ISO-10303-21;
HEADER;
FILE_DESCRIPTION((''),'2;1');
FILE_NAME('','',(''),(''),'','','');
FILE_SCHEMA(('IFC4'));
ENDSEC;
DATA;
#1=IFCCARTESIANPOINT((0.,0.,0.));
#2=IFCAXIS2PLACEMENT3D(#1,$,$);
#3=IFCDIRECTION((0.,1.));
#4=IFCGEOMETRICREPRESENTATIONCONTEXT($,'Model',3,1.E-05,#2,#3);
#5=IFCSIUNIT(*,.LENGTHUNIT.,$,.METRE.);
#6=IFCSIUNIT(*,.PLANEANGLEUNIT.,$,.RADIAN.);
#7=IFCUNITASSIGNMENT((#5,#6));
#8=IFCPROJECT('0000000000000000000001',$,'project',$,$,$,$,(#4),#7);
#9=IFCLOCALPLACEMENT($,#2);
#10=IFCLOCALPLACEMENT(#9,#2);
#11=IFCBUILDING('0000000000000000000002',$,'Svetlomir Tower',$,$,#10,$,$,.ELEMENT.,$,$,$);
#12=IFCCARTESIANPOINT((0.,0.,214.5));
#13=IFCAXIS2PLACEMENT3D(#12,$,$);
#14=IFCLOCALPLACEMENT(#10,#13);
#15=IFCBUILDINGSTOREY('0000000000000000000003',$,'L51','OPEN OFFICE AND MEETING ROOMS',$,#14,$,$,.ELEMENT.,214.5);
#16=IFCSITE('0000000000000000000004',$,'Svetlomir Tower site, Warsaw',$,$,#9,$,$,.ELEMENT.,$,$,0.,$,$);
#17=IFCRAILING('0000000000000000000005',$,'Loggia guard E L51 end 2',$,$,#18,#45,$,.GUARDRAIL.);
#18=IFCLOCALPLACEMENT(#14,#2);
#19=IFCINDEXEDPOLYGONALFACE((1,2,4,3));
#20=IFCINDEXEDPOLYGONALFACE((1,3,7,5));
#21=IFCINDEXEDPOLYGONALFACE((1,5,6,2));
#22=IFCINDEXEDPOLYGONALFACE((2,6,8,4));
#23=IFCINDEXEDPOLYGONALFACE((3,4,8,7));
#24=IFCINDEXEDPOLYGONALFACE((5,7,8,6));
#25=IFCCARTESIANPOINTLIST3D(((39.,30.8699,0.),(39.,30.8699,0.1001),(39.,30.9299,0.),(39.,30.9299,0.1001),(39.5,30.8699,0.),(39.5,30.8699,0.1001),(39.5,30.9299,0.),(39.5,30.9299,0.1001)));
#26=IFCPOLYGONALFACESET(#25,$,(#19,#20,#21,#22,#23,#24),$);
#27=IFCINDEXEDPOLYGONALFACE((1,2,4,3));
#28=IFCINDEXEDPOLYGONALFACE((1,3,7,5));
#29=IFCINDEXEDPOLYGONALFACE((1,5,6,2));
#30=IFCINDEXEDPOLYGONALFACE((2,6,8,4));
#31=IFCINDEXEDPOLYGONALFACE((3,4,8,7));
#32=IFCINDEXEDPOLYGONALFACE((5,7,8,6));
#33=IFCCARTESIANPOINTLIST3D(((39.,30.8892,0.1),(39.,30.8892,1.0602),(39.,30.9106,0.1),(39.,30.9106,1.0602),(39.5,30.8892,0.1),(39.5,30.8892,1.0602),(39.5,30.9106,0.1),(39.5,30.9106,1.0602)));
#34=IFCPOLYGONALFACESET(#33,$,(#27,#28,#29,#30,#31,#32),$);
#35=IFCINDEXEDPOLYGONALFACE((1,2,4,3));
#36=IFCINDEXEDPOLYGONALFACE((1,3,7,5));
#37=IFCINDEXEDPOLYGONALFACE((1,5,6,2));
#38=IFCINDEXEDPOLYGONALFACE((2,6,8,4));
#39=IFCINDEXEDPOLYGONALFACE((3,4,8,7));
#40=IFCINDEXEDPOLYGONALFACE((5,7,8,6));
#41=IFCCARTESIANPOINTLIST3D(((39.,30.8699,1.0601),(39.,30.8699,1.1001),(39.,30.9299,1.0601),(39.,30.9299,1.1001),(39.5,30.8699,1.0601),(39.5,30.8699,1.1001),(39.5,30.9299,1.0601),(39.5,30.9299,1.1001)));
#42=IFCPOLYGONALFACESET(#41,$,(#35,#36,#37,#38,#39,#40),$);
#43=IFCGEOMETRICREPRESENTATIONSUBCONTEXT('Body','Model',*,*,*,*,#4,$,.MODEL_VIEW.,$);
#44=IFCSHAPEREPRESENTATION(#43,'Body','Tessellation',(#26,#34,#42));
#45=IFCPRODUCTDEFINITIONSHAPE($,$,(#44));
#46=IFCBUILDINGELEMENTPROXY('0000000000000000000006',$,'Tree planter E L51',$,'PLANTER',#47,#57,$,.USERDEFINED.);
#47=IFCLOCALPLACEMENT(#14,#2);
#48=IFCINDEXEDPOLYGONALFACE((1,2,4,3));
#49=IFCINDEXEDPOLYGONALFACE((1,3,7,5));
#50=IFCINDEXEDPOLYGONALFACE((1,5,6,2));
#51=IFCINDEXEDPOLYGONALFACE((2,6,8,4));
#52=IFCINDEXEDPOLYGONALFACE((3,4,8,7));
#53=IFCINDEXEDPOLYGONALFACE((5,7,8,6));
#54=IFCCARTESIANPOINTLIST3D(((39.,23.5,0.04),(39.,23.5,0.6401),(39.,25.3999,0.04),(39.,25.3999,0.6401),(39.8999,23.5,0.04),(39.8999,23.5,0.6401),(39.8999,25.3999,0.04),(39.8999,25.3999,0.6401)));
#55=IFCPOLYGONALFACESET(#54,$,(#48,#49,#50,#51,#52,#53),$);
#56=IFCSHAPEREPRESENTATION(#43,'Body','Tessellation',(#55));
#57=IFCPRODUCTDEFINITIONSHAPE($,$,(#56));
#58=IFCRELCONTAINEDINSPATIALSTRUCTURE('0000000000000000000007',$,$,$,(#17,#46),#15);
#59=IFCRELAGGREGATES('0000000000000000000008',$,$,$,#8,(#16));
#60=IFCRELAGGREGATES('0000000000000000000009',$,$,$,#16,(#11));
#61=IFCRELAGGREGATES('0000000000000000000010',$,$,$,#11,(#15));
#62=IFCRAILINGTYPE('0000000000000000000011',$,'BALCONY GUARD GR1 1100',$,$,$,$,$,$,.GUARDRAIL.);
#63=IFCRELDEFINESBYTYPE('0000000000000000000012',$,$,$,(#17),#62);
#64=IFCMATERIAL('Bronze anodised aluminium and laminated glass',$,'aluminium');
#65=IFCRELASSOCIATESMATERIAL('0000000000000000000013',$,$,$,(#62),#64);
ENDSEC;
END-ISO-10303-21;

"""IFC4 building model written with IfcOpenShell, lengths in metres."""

from ifc_helpers import new_model, si_unit, direction, frame, origin, origin_2d, place, context, subcontext, project, spatial, rectangle, extrude, material, type_object, element, save


model = new_model("IFC4")

# Units and contexts
model_context = context("Model", 3, precision=1e-05, world=origin(), true_north=direction((0.0, 1.0)))
body_context = subcontext(model_context, "Body", "Model", "MODEL_VIEW")
ifc_project = project(units=[si_unit("LENGTHUNIT", "METRE"), si_unit("PLANEANGLEUNIT", "RADIAN")], contexts=[model_context])

# Site, building, storey
site_placement = place(None, origin())
site = spatial("IfcSite", under=ifc_project, at=site_placement, Name="Svetlomir Tower site, Warsaw", CompositionType="ELEMENT", RefElevation=0.0)
building_placement = place(site_placement, origin())
building = spatial("IfcBuilding", under=site, at=building_placement, Name="Svetlomir Tower", CompositionType="ELEMENT")
storey_placement = place(building_placement, frame((0.0, 0.0, 214.5)))
storey = spatial("IfcBuildingStorey", under=building, at=storey_placement, Name="L51", Description="OPEN OFFICE AND MEETING ROOMS", CompositionType="ELEMENT", Elevation=214.5)

# Railing
ifc_material_1 = material(Name="Bronze anodised aluminium and laminated glass", Category="aluminium")
railing_type = type_object("IfcRailingType", Name="BALCONY GUARD GR1 1100", PredefinedType="GUARDRAIL", material=ifc_material_1)
railing_placement = place(storey_placement, frame((39.5, 30.8999, 0.0)))
element("IfcRailing", 1, at=railing_placement, inside=storey, type_object=railing_type, Name="Loggia guard E L51 end 2", PredefinedType="GUARDRAIL", context=body_context, shape_type="SweptSolid", body=[
    extrude(rectangle(XDim=0.0601, YDim=0.1001, at=origin_2d()), frame((0.0, 0.0, 0.05), z_axis=(-1.0, 0.0, 0.0), x_axis=(0.0, -1.0, 0.0)), (0.0, 0.0, 1.0), 0.5),
    extrude(rectangle(XDim=0.0215, YDim=0.9602, at=origin_2d()), frame((0.0, 0.0, 0.5801), z_axis=(-1.0, 0.0, 0.0), x_axis=(0.0, -1.0, 0.0)), (0.0, 0.0, 1.0), 0.5),
    extrude(rectangle(XDim=0.0601, YDim=0.04, at=origin_2d()), frame((0.0, 0.0, 1.0801), z_axis=(-1.0, 0.0, 0.0), x_axis=(0.0, -1.0, 0.0)), (0.0, 0.0, 1.0), 0.5),
])

# Building element proxy
proxy_placement = place(storey_placement, frame((39.45, 24.45, 0.04), z_axis=(0.0, 0.0, 1.0), x_axis=(1.0, 0.0, 0.0)))
element("IfcBuildingElementProxy", 2, at=proxy_placement, inside=storey, Name="Tree planter E L51", ObjectType="PLANTER", PredefinedType="USERDEFINED", context=body_context, shape_type="SweptSolid", body=[
    extrude(rectangle(XDim=0.8999, YDim=1.8999, at=origin_2d()), origin(), (0.0, 0.0, 1.0), 0.6001),
])

save(model, "model.ifc")
